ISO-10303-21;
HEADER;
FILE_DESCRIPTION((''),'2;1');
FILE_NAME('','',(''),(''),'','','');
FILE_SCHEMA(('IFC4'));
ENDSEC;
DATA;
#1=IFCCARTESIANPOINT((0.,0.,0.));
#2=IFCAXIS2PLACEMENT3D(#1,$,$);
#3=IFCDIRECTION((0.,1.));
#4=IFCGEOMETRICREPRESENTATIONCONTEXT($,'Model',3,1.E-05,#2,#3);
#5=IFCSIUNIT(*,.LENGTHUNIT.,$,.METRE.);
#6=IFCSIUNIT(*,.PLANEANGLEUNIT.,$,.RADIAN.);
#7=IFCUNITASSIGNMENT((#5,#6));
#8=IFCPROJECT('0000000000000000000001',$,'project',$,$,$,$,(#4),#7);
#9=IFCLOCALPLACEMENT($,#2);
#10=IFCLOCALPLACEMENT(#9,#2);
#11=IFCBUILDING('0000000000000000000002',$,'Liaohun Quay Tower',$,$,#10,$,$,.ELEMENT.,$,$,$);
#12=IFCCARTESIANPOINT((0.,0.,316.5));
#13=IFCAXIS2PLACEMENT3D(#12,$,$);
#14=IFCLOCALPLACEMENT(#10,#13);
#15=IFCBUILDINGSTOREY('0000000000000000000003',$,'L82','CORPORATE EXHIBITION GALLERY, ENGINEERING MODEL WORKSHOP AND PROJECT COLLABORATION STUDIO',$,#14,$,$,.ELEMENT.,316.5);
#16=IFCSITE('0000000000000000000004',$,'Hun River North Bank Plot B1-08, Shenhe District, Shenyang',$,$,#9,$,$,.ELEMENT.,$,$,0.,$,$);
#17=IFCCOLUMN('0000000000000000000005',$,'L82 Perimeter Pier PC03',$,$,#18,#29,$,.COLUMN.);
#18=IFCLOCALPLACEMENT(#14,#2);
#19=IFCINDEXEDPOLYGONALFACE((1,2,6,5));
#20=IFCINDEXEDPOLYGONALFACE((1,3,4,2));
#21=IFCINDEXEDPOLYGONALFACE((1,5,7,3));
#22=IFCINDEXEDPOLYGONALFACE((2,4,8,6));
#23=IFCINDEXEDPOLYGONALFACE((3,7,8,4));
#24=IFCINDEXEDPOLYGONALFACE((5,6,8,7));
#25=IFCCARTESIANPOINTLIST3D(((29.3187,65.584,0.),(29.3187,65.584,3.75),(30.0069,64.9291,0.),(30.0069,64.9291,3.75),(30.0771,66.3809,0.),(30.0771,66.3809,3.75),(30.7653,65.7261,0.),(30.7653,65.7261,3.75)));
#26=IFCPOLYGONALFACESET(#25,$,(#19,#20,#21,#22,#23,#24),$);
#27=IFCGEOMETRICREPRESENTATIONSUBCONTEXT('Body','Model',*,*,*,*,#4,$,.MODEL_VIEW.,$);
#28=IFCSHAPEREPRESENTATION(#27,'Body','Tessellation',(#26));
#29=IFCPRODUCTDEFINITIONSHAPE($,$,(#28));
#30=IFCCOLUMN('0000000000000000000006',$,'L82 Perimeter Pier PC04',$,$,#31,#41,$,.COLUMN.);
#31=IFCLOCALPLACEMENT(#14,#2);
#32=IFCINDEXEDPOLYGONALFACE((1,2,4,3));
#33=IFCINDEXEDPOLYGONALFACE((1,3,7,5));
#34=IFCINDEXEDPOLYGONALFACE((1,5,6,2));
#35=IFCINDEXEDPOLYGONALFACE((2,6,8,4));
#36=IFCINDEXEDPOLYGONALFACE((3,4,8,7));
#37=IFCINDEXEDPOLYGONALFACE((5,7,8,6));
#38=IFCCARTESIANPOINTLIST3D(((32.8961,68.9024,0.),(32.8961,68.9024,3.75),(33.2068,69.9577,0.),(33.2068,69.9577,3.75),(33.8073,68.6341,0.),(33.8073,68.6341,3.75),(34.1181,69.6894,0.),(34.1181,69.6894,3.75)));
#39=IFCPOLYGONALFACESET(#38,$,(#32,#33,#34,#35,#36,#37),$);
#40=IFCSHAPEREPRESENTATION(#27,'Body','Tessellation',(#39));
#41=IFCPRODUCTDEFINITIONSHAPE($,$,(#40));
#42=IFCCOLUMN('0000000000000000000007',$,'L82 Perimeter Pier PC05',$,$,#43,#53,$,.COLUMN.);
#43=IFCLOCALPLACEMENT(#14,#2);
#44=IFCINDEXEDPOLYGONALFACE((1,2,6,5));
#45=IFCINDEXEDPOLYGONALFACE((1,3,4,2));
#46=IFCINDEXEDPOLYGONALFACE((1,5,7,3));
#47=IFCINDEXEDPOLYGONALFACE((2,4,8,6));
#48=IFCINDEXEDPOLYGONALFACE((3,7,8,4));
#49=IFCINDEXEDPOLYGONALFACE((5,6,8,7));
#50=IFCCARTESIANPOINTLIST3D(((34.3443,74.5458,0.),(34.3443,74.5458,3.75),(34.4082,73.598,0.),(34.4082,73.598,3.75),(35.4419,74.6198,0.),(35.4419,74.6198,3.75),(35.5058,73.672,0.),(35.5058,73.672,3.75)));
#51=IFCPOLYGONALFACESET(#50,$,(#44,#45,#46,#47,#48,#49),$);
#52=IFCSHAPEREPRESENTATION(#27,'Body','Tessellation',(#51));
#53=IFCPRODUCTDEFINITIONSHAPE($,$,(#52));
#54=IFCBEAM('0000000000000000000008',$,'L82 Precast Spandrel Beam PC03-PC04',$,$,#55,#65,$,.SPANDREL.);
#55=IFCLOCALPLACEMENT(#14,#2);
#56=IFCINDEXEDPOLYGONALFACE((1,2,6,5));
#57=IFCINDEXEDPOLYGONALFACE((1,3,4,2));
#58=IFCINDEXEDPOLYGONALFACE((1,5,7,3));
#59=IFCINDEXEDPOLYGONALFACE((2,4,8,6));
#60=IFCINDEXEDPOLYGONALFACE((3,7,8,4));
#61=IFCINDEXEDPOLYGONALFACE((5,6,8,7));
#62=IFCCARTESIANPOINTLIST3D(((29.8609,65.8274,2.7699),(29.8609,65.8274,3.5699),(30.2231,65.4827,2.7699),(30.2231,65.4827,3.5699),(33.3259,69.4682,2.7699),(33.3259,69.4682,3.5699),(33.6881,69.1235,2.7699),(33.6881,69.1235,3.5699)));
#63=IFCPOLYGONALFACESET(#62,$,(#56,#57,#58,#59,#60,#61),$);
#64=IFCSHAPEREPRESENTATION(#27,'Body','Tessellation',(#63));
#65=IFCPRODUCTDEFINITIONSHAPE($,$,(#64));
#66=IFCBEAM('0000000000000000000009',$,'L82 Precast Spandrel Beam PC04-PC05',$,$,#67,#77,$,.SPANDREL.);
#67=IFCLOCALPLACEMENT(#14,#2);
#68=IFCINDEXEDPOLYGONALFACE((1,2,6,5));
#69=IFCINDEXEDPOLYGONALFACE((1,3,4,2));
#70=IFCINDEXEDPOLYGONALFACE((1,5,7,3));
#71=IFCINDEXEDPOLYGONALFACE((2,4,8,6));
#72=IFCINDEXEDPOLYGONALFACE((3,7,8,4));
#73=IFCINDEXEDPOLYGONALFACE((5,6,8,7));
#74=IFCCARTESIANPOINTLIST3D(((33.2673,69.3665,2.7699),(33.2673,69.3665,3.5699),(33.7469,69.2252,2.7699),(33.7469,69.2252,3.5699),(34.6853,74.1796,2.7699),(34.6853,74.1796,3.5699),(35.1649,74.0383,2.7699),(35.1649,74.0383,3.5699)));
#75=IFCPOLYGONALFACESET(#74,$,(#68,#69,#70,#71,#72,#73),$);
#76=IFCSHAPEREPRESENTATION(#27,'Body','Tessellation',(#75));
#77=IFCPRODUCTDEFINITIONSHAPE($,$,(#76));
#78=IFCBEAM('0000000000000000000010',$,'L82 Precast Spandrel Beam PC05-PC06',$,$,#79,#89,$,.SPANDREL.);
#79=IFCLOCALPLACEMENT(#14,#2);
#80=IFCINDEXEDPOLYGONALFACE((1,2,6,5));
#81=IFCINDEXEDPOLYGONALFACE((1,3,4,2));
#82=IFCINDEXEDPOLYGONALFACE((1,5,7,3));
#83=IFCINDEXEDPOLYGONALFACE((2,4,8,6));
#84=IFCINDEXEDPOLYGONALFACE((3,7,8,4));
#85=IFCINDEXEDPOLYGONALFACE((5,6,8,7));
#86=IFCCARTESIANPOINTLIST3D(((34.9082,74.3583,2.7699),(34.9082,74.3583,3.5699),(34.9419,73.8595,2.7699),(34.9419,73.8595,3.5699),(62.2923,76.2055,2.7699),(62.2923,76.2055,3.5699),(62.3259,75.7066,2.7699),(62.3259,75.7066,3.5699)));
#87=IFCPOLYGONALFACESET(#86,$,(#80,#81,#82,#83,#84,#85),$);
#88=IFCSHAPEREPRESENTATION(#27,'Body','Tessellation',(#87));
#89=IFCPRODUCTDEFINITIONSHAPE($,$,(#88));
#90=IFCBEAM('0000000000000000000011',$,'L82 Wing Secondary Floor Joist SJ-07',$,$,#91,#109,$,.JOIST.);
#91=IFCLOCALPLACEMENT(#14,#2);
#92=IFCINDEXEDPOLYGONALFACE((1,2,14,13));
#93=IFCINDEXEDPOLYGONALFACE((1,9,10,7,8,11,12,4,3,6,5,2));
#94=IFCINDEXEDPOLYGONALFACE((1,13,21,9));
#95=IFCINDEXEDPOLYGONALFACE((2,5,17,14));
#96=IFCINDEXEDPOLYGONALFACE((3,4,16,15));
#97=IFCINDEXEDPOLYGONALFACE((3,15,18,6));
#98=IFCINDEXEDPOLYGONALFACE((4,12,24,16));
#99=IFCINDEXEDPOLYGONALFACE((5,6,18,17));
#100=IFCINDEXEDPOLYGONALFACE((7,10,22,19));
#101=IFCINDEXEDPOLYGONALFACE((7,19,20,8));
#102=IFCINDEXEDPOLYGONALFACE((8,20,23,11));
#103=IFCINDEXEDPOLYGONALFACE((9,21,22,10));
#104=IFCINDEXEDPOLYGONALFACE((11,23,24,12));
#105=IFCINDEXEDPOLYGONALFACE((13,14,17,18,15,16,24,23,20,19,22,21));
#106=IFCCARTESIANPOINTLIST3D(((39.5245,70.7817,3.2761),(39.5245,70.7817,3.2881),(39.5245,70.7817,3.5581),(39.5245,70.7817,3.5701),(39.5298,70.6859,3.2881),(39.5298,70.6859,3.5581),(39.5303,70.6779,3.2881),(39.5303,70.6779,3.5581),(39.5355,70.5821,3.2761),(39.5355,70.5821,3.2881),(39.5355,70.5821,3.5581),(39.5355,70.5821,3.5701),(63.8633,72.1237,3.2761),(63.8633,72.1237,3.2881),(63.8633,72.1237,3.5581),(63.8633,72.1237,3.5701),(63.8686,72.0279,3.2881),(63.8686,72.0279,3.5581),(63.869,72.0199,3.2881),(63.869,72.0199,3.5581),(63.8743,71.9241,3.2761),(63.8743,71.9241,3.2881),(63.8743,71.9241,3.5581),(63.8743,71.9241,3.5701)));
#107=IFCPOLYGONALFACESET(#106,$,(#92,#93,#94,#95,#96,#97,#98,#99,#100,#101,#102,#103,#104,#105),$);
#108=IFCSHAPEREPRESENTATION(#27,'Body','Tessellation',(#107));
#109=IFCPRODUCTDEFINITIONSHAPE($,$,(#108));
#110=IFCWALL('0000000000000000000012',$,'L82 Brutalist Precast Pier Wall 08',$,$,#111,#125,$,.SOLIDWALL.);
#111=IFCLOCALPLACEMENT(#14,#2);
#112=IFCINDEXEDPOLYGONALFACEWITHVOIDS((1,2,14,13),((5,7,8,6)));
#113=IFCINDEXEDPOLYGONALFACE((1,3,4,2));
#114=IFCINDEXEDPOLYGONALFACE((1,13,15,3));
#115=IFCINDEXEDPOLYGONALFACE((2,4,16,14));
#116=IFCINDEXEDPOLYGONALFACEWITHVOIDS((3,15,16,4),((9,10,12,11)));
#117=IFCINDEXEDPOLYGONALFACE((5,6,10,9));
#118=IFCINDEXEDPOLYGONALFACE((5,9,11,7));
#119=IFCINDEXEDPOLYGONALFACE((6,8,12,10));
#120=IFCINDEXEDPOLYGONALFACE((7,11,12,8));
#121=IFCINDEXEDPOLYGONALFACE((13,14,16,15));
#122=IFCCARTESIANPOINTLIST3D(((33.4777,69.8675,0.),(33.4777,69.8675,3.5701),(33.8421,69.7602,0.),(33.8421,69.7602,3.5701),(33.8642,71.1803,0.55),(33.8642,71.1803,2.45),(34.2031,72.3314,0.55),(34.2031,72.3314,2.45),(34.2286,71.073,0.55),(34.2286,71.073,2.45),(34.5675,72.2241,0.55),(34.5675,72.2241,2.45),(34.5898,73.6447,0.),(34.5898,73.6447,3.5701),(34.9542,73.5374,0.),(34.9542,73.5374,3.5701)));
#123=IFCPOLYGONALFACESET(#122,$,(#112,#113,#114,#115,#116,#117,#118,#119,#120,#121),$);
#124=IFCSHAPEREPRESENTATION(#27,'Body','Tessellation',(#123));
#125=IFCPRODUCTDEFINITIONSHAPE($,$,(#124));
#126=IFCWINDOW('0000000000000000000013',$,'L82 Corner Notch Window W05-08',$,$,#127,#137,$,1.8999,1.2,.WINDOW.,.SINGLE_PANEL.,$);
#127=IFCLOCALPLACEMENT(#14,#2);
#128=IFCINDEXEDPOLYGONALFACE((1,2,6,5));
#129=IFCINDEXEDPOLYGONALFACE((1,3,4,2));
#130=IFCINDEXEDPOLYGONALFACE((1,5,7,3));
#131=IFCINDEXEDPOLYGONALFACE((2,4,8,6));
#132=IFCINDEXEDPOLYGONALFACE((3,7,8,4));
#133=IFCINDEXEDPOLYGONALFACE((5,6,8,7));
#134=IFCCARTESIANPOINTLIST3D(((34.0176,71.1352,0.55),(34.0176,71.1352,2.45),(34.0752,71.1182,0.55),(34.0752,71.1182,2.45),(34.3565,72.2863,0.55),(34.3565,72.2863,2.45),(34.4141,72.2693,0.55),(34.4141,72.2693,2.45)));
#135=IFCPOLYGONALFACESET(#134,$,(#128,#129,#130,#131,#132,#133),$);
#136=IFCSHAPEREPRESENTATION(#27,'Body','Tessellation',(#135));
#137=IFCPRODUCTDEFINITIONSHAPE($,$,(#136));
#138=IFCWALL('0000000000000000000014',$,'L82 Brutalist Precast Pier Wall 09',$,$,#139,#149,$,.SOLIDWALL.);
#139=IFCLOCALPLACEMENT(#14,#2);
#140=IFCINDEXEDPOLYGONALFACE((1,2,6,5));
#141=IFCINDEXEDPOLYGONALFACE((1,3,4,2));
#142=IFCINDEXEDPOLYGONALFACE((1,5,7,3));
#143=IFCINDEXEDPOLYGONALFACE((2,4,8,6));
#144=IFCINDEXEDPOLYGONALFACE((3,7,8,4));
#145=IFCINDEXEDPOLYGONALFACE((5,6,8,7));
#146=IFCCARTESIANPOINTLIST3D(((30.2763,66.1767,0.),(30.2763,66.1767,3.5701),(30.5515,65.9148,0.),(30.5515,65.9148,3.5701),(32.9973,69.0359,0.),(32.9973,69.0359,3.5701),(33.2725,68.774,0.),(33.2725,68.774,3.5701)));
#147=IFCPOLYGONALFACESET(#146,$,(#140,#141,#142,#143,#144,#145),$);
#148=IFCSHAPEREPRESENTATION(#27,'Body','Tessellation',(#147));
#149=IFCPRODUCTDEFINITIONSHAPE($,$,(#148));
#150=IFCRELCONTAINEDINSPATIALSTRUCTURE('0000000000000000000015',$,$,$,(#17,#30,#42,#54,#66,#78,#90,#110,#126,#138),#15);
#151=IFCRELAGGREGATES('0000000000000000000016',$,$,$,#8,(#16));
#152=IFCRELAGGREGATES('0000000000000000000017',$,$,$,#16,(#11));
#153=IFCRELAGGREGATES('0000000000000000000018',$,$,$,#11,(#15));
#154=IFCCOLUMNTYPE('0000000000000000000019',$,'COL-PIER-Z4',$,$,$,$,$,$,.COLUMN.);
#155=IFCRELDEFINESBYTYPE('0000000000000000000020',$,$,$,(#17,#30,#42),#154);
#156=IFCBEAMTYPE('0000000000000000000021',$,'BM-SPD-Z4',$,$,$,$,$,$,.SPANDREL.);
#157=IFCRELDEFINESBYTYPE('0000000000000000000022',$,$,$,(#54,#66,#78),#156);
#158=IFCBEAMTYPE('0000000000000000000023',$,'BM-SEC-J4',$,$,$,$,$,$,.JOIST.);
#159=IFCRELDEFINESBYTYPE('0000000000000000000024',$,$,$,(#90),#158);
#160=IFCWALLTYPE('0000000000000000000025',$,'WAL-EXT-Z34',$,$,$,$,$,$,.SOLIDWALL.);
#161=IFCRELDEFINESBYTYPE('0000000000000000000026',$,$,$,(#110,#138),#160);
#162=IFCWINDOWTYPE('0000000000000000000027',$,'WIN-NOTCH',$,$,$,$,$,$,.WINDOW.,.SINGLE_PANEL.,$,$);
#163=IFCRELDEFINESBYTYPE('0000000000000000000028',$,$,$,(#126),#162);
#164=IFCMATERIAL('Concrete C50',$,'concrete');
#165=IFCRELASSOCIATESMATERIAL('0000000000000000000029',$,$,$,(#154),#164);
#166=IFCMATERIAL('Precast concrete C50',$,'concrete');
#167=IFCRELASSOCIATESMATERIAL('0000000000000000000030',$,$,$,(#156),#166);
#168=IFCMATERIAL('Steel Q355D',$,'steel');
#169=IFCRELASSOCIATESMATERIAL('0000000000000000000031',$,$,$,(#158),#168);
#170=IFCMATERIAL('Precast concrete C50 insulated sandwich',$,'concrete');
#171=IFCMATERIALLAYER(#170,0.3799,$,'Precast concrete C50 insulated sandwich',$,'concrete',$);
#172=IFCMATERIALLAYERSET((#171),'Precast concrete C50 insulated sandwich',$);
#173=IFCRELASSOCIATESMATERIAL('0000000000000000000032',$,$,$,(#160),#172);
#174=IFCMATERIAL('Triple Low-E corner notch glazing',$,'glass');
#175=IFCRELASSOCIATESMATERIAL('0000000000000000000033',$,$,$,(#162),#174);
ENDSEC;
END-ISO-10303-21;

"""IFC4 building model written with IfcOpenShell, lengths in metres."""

from ifc_helpers import new_model, si_unit, direction, frame, frame_2d, origin, origin_2d, place, context, subcontext, project, spatial, rectangle, i_section, extrude, source, transform, mapped, material, layer, layer_set, material_profile, profile_set, type_object, element, fill, save


model = new_model("IFC4")

# Units and contexts
model_context = context("Model", 3, precision=1e-05, world=origin(), true_north=direction((0.0, 1.0)))
body_context = subcontext(model_context, "Body", "Model", "MODEL_VIEW")
ifc_project = project(units=[si_unit("LENGTHUNIT", "METRE"), si_unit("PLANEANGLEUNIT", "RADIAN")], contexts=[model_context])

# Site, building, storey
site_placement = place(None, origin())
site = spatial("IfcSite", under=ifc_project, at=site_placement, Name="Hun River North Bank Plot B1-08, Shenhe District, Shenyang", CompositionType="ELEMENT", RefElevation=0.0)
building_placement = place(site_placement, origin())
building = spatial("IfcBuilding", under=site, at=building_placement, Name="Liaohun Quay Tower", CompositionType="ELEMENT")
storey_placement = place(building_placement, frame((0.0, 0.0, 316.5)))
storey = spatial("IfcBuildingStorey", under=building, at=storey_placement, Name="L82", Description="CORPORATE EXHIBITION GALLERY, ENGINEERING MODEL WORKSHOP AND PROJECT COLLABORATION STUDIO", CompositionType="ELEMENT", Elevation=316.5)

# Columns
ifc_material_1 = material(Name="Concrete C50", Category="concrete")
ifc_material_profile_1 = material_profile(ifc_material_1, rectangle(XDim=1.1001, YDim=0.95, at=origin_2d()), Name="RC1100x950")
ifc_profile_set_1 = profile_set([ifc_material_profile_1], Name="Concrete C50")
column_type = type_object("IfcColumnType", Name="COL-PIER-Z4", PredefinedType="COLUMN", material=ifc_profile_set_1)
shared_shape_1 = source(origin(), body_context, "Body", "SweptSolid", [
    extrude(rectangle(XDim=1.1001, YDim=0.95, at=origin_2d()), origin(), (0.0, 0.0, 1.0), 3.75),
])
for number, where, z_axis, x_axis, name in (
    (1, (30.042, 65.655, 0.0), (0.0, 0.0, 1.0), (0.689367, 0.724413, 0.0), "L82 Perimeter Pier PC03"),
    (2, (33.5071, 69.2959, 0.0), (0.0, 0.0, 1.0), (0.282509, 0.959265, 0.0), "L82 Perimeter Pier PC04"),
    (3, (34.925, 74.1089, 0.0), (0.0, 0.0, 1.0), (0.997732, 0.067319, 0.0), "L82 Perimeter Pier PC05"),
):
    element("IfcColumn", number, at=place(storey_placement, frame(where, z_axis=z_axis, x_axis=x_axis)), inside=storey, type_object=column_type, Name=name, PredefinedType="COLUMN", context=body_context, shape_type="MappedRepresentation", body=[
        mapped(shared_shape_1, transform((0.0, 0.0, 0.0), x_axis=(1.0, 0.0, 0.0), y_axis=(0.0, 1.0, 0.0), z_axis=(0.0, 0.0, 1.0), scale=1.0)),
    ])

# Beams
ifc_material_2 = material(Name="Precast concrete C50", Category="concrete")
ifc_material_profile_2 = material_profile(ifc_material_2, rectangle(XDim=0.5, YDim=0.8, at=origin_2d()), Name="RC500x800")
ifc_profile_set_2 = profile_set([ifc_material_profile_2], Name="Precast concrete C50")
beam_type_1 = type_object("IfcBeamType", Name="BM-SPD-Z4", PredefinedType="SPANDREL", material=ifc_profile_set_2)
shared_shape_2 = source(origin(), body_context, "Body", "SweptSolid", [
    extrude(rectangle(XDim=0.5, YDim=0.8, at=origin_2d()), origin(), (0.0, 0.0, 1.0), 5.0261),
])
beam_1_placement = place(storey_placement, frame((30.042, 65.655, 3.1699), z_axis=(0.689404, 0.724377, 0.0), x_axis=(-0.724377, 0.689404, 0.0)))
element("IfcBeam", 4, at=beam_1_placement, inside=storey, type_object=beam_type_1, Name="L82 Precast Spandrel Beam PC03-PC04", PredefinedType="SPANDREL", context=body_context, shape_type="MappedRepresentation", body=[
    mapped(shared_shape_2, transform((0.0, 0.0, 0.0), x_axis=(1.0, 0.0, 0.0), y_axis=(0.0, 1.0, 0.0), z_axis=(0.0, 0.0, 1.0), scale=1.0)),
])
shared_shape_3 = source(origin(), body_context, "Body", "SweptSolid", [
    extrude(rectangle(XDim=0.5, YDim=0.8, at=origin_2d()), origin(), (0.0, 0.0, 1.0), 5.0176),
])
beam_2_placement = place(storey_placement, frame((33.5071, 69.2959, 3.1699), z_axis=(0.282604, 0.959237, 0.0), x_axis=(-0.959237, 0.282604, 0.0)))
element("IfcBeam", 5, at=beam_2_placement, inside=storey, type_object=beam_type_1, Name="L82 Precast Spandrel Beam PC04-PC05", PredefinedType="SPANDREL", context=body_context, shape_type="MappedRepresentation", body=[
    mapped(shared_shape_3, transform((0.0, 0.0, 0.0), x_axis=(1.0, 0.0, 0.0), y_axis=(0.0, 1.0, 0.0), z_axis=(0.0, 0.0, 1.0), scale=1.0)),
])
shared_shape_4 = source(origin(), body_context, "Body", "SweptSolid", [
    extrude(rectangle(XDim=0.5, YDim=0.8, at=origin_2d()), origin(), (0.0, 0.0, 1.0), 27.4463),
])
beam_3_placement = place(storey_placement, frame((34.925, 74.1089, 3.1699), z_axis=(0.997733, 0.067301, 0.0), x_axis=(-0.067301, 0.997733, 0.0)))
element("IfcBeam", 6, at=beam_3_placement, inside=storey, type_object=beam_type_1, Name="L82 Precast Spandrel Beam PC05-PC06", PredefinedType="SPANDREL", context=body_context, shape_type="MappedRepresentation", body=[
    mapped(shared_shape_4, transform((0.0, 0.0, 0.0), x_axis=(1.0, 0.0, 0.0), y_axis=(0.0, 1.0, 0.0), z_axis=(0.0, 0.0, 1.0), scale=1.0)),
])
ifc_material_3 = material(Name="Steel Q355D", Category="steel")
ifc_material_profile_3 = material_profile(ifc_material_3, i_section(OverallWidth=0.2, OverallDepth=0.2939, WebThickness=0.0081, FlangeThickness=0.012, at=origin_2d()), Name="HM294x200x8x12")
ifc_profile_set_3 = profile_set([ifc_material_profile_3], Name="Steel Q355D")
beam_type_2 = type_object("IfcBeamType", Name="BM-SEC-J4", PredefinedType="JOIST", material=ifc_profile_set_3)
shared_shape_5 = source(origin(), body_context, "Body", "SweptSolid", [
    extrude(i_section(OverallWidth=0.2, OverallDepth=0.2939, WebThickness=0.0081, FlangeThickness=0.012, at=origin_2d()), origin(), (0.0, 0.0, 1.0), 24.3757),
])
beam_4_placement = place(storey_placement, frame((39.53, 70.6819, 3.4231), z_axis=(0.998483, 0.055056, 0.0), x_axis=(-0.055056, 0.998483, 0.0)))
element("IfcBeam", 7, at=beam_4_placement, inside=storey, type_object=beam_type_2, Name="L82 Wing Secondary Floor Joist SJ-07", PredefinedType="JOIST", context=body_context, shape_type="MappedRepresentation", body=[
    mapped(shared_shape_5, transform((0.0, 0.0, 0.0), x_axis=(1.0, 0.0, 0.0), y_axis=(0.0, 1.0, 0.0), z_axis=(0.0, 0.0, 1.0), scale=1.0)),
])

# Wall, opening, window
ifc_material_4 = material(Name="Precast concrete C50 insulated sandwich", Category="concrete")
ifc_layer_1 = layer(ifc_material_4, 0.3799, Name="Precast concrete C50 insulated sandwich", Category="concrete")
ifc_layer_set_1 = layer_set([ifc_layer_1], Name="Precast concrete C50 insulated sandwich")
wall_type_1 = type_object("IfcWallType", Name="WAL-EXT-Z34", PredefinedType="SOLIDWALL", material=ifc_layer_set_1)
wall_1_placement = place(storey_placement, frame((34.772, 73.5911, 0.0), z_axis=(0.0, 0.0, 1.0), x_axis=(-0.282435, -0.959286, 0.0)))
wall_1 = element("IfcWall", 8, at=wall_1_placement, inside=storey, type_object=wall_type_1, Name="L82 Brutalist Precast Pier Wall 08", PredefinedType="SOLIDWALL", context=body_context, shape_type="SweptSolid", body=[
    extrude(rectangle(XDim=3.9375, YDim=0.3799, at=frame_2d((1.9688, 0.0))), origin(), (0.0, 0.0, 1.0), 3.5701),
])
shared_shape_6 = source(origin(), body_context, "Body", "SweptSolid", [
    extrude(rectangle(XDim=1.2, YDim=1.8999, at=frame_2d((0.6001, 0.95))), frame((0.0, 0.2, 0.0), z_axis=(0.0, -1.0, 0.0), x_axis=(1.0, 0.0, 0.0)), (0.0, 0.0, 1.0), 0.3999),
])
opening_1_placement = place(wall_1_placement, frame((1.3689, 0.0, 0.55)))
opening_1 = element("IfcOpeningElement", 9, at=opening_1_placement, cuts=wall_1, PredefinedType="OPENING", context=body_context, shape_type="MappedRepresentation", body=[
    mapped(shared_shape_6, transform((0.0, 0.0, 0.0), x_axis=(1.0, 0.0, 0.0), y_axis=(0.0, 1.0, 0.0), z_axis=(0.0, 0.0, 1.0), scale=1.0)),
])
ifc_material_5 = material(Name="Triple Low-E corner notch glazing", Category="glass")
window_type_1 = type_object("IfcWindowType", Name="WIN-NOTCH", PartitioningType="SINGLE_PANEL", PredefinedType="WINDOW", material=ifc_material_5)
shared_shape_7 = source(origin(), body_context, "Body", "SweptSolid", [
    extrude(rectangle(XDim=1.2, YDim=1.8999, at=frame_2d((0.6001, 0.95))), frame((0.0, 0.03, 0.0), z_axis=(0.0, -1.0, 0.0), x_axis=(1.0, 0.0, 0.0)), (0.0, 0.0, 1.0), 0.0601),
])
window_1_placement = place(opening_1_placement, origin())
window_1 = element("IfcWindow", 10, at=window_1_placement, inside=storey, type_object=window_type_1, Name="L82 Corner Notch Window W05-08", OverallHeight=1.8999, OverallWidth=1.2, PartitioningType="SINGLE_PANEL", PredefinedType="WINDOW", context=body_context, shape_type="MappedRepresentation", body=[
    mapped(shared_shape_7, transform((0.0, 0.0, 0.0), x_axis=(1.0, 0.0, 0.0), y_axis=(0.0, 1.0, 0.0), z_axis=(0.0, 0.0, 1.0), scale=1.0)),
])
fill(opening_1, window_1)

# Wall
wall_2_placement = place(storey_placement, frame((33.135, 68.905, 0.0), z_axis=(0.0, 0.0, 1.0), x_axis=(-0.689385, -0.724395, 0.0)))
element("IfcWall", 11, at=wall_2_placement, inside=storey, type_object=wall_type_1, Name="L82 Brutalist Precast Pier Wall 09", PredefinedType="SOLIDWALL", context=body_context, shape_type="SweptSolid", body=[
    extrude(rectangle(XDim=3.947, YDim=0.3799, at=frame_2d((1.9736, 0.0))), origin(), (0.0, 0.0, 1.0), 3.5701),
])

save(model, "model.ifc")
